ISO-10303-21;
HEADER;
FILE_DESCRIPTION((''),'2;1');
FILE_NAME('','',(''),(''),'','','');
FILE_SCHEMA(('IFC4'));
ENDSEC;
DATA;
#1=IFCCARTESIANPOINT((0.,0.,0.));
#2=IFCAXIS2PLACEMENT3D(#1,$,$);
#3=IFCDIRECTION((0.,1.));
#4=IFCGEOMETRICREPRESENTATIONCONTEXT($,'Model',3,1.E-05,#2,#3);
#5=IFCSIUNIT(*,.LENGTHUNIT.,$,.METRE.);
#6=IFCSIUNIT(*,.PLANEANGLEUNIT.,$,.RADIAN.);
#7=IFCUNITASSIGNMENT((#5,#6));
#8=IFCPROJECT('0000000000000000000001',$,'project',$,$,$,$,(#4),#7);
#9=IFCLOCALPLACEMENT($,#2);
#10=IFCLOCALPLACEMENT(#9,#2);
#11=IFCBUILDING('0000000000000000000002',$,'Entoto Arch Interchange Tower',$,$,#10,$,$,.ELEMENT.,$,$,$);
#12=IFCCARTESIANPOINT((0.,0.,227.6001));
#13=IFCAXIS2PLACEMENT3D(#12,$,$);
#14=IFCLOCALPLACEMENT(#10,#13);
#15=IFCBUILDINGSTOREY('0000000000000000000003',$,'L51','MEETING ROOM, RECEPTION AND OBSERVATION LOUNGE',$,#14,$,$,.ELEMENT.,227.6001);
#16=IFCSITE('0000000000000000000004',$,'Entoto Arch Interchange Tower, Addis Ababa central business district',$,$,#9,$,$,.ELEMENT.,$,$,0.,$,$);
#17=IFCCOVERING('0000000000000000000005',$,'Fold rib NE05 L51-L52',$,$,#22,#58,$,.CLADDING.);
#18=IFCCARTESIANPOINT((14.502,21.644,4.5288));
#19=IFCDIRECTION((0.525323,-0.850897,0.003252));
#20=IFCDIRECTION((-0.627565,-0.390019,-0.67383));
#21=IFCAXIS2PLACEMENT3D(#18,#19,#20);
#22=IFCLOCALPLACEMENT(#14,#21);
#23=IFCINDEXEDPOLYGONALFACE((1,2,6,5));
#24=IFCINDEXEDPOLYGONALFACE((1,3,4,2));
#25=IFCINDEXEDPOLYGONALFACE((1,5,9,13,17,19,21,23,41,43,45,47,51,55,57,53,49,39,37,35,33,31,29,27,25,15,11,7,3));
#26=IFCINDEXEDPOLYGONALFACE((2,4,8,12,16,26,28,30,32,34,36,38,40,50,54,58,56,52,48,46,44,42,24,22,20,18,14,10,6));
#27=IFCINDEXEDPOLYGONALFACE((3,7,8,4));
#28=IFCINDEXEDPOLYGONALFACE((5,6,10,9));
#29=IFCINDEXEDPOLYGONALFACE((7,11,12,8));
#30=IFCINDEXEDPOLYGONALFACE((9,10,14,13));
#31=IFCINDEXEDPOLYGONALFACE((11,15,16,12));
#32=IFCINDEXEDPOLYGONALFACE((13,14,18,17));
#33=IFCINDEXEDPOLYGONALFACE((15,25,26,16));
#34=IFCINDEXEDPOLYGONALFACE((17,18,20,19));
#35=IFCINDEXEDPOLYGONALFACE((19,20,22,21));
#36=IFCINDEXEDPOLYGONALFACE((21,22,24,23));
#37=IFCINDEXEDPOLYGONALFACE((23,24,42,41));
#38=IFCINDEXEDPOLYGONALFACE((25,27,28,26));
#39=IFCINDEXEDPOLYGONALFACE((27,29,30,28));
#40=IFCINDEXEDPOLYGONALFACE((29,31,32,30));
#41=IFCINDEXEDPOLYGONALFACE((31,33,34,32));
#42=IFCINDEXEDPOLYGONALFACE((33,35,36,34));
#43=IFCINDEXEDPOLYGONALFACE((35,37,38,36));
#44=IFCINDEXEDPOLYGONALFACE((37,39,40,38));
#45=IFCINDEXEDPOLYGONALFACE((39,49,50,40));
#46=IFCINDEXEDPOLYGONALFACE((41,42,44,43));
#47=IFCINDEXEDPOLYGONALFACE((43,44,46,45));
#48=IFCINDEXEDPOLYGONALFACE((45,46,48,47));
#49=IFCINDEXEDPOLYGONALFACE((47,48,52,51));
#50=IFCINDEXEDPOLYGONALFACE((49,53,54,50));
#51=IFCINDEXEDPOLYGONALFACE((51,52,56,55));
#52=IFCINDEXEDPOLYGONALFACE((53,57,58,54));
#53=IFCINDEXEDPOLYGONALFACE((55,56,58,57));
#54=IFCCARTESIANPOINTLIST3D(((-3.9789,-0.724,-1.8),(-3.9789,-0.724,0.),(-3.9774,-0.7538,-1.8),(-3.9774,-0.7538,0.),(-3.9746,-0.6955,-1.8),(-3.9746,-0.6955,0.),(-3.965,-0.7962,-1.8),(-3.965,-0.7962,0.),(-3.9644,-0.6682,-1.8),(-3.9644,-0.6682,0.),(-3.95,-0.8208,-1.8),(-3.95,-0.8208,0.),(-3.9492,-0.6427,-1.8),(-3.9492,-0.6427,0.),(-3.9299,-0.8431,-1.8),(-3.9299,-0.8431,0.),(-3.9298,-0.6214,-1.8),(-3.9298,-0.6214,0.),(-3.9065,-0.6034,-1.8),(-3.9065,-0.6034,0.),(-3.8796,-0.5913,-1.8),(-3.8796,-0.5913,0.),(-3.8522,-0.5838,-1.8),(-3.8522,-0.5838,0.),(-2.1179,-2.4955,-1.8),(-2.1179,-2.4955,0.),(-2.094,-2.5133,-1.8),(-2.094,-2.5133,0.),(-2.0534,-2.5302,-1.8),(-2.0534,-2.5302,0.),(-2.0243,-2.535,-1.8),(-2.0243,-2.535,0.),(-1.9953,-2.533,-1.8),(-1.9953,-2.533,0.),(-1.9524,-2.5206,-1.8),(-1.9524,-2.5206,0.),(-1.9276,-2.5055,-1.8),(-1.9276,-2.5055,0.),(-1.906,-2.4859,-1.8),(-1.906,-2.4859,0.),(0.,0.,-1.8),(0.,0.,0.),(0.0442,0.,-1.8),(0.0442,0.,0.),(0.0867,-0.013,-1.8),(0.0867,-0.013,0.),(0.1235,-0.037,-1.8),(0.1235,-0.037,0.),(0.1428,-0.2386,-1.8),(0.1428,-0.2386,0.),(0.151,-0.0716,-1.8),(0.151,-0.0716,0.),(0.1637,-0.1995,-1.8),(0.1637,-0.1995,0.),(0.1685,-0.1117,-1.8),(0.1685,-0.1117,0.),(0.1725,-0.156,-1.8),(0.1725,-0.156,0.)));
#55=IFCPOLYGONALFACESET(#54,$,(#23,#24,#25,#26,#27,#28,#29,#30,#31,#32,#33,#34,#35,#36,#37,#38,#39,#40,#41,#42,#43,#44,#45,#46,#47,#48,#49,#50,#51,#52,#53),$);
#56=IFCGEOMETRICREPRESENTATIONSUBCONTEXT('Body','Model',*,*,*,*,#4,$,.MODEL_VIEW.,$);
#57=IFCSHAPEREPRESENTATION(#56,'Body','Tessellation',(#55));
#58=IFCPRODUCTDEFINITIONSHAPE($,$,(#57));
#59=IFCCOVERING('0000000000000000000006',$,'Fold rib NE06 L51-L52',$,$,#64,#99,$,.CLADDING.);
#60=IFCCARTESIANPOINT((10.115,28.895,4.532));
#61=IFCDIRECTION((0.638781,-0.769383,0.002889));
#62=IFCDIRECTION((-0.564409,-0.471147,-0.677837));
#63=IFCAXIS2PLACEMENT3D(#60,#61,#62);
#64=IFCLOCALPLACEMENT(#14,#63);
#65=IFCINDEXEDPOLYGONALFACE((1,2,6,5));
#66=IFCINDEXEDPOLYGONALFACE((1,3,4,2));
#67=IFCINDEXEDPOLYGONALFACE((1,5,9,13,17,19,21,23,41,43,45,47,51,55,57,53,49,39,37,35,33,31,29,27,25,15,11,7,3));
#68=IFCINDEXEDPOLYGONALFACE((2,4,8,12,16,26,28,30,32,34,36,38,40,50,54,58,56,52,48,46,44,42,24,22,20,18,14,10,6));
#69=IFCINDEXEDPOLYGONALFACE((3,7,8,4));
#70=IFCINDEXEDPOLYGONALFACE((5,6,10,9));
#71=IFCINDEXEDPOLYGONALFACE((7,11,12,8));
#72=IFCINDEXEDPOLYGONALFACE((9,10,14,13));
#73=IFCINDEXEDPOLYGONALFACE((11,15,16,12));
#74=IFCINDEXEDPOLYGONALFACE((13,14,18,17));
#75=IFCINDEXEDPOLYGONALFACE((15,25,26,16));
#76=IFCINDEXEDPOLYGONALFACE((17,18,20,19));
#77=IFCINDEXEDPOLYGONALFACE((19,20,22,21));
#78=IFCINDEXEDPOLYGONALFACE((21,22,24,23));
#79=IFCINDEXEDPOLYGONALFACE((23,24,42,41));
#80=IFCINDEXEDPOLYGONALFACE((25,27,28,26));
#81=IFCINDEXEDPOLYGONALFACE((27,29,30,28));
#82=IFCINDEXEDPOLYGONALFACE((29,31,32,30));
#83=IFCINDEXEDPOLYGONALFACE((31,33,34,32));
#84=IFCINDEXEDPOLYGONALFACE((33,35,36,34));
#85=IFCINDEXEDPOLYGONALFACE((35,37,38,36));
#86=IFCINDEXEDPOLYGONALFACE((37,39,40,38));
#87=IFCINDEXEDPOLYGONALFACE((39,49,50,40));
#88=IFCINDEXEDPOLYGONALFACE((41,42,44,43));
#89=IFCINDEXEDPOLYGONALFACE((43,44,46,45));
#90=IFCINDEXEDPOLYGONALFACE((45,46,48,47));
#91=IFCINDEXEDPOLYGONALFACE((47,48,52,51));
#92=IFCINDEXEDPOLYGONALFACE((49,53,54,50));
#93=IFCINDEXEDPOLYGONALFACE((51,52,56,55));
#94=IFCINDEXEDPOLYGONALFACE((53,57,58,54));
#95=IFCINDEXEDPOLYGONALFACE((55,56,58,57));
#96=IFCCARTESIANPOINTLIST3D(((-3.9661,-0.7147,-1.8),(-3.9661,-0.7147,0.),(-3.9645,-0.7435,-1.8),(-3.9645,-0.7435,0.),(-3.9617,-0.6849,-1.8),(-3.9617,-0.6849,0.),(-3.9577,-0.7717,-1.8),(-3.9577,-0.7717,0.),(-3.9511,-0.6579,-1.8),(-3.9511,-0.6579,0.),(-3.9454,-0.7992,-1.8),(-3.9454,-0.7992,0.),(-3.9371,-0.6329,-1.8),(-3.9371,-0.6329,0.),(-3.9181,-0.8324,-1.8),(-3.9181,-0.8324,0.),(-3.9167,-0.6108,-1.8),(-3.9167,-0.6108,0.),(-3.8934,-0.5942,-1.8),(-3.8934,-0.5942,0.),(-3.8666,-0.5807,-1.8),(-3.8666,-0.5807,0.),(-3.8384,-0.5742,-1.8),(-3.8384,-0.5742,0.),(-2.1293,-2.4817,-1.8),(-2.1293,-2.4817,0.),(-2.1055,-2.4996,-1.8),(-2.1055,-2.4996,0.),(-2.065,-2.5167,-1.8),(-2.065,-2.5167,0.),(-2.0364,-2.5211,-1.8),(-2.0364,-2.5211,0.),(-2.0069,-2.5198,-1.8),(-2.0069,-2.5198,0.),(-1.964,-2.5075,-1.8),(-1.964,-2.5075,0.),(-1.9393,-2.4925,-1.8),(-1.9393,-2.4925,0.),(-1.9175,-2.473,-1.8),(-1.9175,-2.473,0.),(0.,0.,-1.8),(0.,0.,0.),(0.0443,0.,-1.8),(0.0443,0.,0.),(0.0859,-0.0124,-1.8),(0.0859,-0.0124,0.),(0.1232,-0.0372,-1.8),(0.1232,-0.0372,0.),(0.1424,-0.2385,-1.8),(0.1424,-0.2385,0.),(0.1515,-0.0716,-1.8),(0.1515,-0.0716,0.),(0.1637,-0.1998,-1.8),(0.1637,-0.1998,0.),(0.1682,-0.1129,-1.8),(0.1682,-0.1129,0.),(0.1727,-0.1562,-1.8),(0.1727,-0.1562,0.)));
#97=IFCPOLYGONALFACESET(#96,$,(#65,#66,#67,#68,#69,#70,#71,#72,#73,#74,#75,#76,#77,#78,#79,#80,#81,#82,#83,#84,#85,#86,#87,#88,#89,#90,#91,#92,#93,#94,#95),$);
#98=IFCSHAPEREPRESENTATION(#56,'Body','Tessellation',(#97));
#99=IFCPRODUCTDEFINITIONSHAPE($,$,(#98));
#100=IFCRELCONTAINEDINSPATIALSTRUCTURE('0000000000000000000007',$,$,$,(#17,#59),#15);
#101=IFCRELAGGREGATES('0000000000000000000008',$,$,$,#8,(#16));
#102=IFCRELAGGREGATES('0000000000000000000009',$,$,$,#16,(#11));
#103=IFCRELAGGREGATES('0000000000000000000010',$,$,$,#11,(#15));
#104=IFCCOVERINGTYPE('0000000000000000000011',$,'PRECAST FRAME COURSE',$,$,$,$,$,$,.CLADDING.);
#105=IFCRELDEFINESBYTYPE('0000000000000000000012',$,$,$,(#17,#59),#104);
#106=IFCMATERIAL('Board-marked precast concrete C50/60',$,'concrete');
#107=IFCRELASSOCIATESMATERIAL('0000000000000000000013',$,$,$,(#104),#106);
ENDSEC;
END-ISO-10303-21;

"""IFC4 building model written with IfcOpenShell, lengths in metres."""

from ifc_helpers import new_model, si_unit, direction, frame, origin, place, context, subcontext, project, spatial, polyline, outline, extrude, material, type_object, element, save


model = new_model("IFC4")

# Units and contexts
model_context = context("Model", 3, precision=1e-05, world=origin(), true_north=direction((0.0, 1.0)))
body_context = subcontext(model_context, "Body", "Model", "MODEL_VIEW")
ifc_project = project(units=[si_unit("LENGTHUNIT", "METRE"), si_unit("PLANEANGLEUNIT", "RADIAN")], contexts=[model_context])

# Site, building, storey
site_placement = place(None, origin())
site = spatial("IfcSite", under=ifc_project, at=site_placement, Name="Entoto Arch Interchange Tower, Addis Ababa central business district", CompositionType="ELEMENT", RefElevation=0.0)
building_placement = place(site_placement, origin())
building = spatial("IfcBuilding", under=site, at=building_placement, Name="Entoto Arch Interchange Tower", CompositionType="ELEMENT")
storey_placement = place(building_placement, frame((0.0, 0.0, 227.6001)))
storey = spatial("IfcBuildingStorey", under=building, at=storey_placement, Name="L51", Description="MEETING ROOM, RECEPTION AND OBSERVATION LOUNGE", CompositionType="ELEMENT", Elevation=227.6001)

# Coverings
ifc_material_1 = material(Name="Board-marked precast concrete C50/60", Category="concrete")
covering_type = type_object("IfcCoveringType", Name="PRECAST FRAME COURSE", PredefinedType="CLADDING", material=ifc_material_1)
covering_1_placement = place(storey_placement, frame((14.502, 21.644, 4.5288), z_axis=(0.525323, -0.850897, 0.003252), x_axis=(-0.627565, -0.390019, -0.67383)))
element("IfcCovering", 1, at=covering_1_placement, inside=storey, type_object=covering_type, Name="Fold rib NE05 L51-L52", PredefinedType="CLADDING", context=body_context, shape_type="SweptSolid", body=[
    extrude(outline(polyline([(0.0, 0.0), (0.0442, 0.0), (0.0867, -0.013), (0.1235, -0.037), (0.151, -0.0716), (0.1685, -0.1117), (0.1725, -0.156), (0.1637, -0.1995), (0.1428, -0.2386), (-1.906, -2.4859), (-1.9276, -2.5055), (-1.9524, -2.5206), (-1.9953, -2.533), (-2.0243, -2.535), (-2.0534, -2.5302), (-2.094, -2.5133), (-2.1179, -2.4955), (-3.9299, -0.8431), (-3.95, -0.8208), (-3.965, -0.7962), (-3.9774, -0.7538), (-3.9789, -0.724), (-3.9746, -0.6955), (-3.9644, -0.6682), (-3.9492, -0.6427), (-3.9298, -0.6214), (-3.9065, -0.6034), (-3.8796, -0.5913), (-3.8522, -0.5838), (0.0, 0.0)])), origin(), (0.0, 0.0, -1.0), 1.8),
])
covering_2_placement = place(storey_placement, frame((10.115, 28.895, 4.532), z_axis=(0.638781, -0.769383, 0.002889), x_axis=(-0.564409, -0.471147, -0.677837)))
element("IfcCovering", 2, at=covering_2_placement, inside=storey, type_object=covering_type, Name="Fold rib NE06 L51-L52", PredefinedType="CLADDING", context=body_context, shape_type="SweptSolid", body=[
    extrude(outline(polyline([(0.0, 0.0), (0.0443, 0.0), (0.0859, -0.0124), (0.1232, -0.0372), (0.1515, -0.0716), (0.1682, -0.1129), (0.1727, -0.1562), (0.1637, -0.1998), (0.1424, -0.2385), (-1.9175, -2.473), (-1.9393, -2.4925), (-1.964, -2.5075), (-2.0069, -2.5198), (-2.0364, -2.5211), (-2.065, -2.5167), (-2.1055, -2.4996), (-2.1293, -2.4817), (-3.9181, -0.8324), (-3.9454, -0.7992), (-3.9577, -0.7717), (-3.9645, -0.7435), (-3.9661, -0.7147), (-3.9617, -0.6849), (-3.9511, -0.6579), (-3.9371, -0.6329), (-3.9167, -0.6108), (-3.8934, -0.5942), (-3.8666, -0.5807), (-3.8384, -0.5742), (0.0, 0.0)])), origin(), (0.0, 0.0, -1.0), 1.8),
])

save(model, "model.ifc")
